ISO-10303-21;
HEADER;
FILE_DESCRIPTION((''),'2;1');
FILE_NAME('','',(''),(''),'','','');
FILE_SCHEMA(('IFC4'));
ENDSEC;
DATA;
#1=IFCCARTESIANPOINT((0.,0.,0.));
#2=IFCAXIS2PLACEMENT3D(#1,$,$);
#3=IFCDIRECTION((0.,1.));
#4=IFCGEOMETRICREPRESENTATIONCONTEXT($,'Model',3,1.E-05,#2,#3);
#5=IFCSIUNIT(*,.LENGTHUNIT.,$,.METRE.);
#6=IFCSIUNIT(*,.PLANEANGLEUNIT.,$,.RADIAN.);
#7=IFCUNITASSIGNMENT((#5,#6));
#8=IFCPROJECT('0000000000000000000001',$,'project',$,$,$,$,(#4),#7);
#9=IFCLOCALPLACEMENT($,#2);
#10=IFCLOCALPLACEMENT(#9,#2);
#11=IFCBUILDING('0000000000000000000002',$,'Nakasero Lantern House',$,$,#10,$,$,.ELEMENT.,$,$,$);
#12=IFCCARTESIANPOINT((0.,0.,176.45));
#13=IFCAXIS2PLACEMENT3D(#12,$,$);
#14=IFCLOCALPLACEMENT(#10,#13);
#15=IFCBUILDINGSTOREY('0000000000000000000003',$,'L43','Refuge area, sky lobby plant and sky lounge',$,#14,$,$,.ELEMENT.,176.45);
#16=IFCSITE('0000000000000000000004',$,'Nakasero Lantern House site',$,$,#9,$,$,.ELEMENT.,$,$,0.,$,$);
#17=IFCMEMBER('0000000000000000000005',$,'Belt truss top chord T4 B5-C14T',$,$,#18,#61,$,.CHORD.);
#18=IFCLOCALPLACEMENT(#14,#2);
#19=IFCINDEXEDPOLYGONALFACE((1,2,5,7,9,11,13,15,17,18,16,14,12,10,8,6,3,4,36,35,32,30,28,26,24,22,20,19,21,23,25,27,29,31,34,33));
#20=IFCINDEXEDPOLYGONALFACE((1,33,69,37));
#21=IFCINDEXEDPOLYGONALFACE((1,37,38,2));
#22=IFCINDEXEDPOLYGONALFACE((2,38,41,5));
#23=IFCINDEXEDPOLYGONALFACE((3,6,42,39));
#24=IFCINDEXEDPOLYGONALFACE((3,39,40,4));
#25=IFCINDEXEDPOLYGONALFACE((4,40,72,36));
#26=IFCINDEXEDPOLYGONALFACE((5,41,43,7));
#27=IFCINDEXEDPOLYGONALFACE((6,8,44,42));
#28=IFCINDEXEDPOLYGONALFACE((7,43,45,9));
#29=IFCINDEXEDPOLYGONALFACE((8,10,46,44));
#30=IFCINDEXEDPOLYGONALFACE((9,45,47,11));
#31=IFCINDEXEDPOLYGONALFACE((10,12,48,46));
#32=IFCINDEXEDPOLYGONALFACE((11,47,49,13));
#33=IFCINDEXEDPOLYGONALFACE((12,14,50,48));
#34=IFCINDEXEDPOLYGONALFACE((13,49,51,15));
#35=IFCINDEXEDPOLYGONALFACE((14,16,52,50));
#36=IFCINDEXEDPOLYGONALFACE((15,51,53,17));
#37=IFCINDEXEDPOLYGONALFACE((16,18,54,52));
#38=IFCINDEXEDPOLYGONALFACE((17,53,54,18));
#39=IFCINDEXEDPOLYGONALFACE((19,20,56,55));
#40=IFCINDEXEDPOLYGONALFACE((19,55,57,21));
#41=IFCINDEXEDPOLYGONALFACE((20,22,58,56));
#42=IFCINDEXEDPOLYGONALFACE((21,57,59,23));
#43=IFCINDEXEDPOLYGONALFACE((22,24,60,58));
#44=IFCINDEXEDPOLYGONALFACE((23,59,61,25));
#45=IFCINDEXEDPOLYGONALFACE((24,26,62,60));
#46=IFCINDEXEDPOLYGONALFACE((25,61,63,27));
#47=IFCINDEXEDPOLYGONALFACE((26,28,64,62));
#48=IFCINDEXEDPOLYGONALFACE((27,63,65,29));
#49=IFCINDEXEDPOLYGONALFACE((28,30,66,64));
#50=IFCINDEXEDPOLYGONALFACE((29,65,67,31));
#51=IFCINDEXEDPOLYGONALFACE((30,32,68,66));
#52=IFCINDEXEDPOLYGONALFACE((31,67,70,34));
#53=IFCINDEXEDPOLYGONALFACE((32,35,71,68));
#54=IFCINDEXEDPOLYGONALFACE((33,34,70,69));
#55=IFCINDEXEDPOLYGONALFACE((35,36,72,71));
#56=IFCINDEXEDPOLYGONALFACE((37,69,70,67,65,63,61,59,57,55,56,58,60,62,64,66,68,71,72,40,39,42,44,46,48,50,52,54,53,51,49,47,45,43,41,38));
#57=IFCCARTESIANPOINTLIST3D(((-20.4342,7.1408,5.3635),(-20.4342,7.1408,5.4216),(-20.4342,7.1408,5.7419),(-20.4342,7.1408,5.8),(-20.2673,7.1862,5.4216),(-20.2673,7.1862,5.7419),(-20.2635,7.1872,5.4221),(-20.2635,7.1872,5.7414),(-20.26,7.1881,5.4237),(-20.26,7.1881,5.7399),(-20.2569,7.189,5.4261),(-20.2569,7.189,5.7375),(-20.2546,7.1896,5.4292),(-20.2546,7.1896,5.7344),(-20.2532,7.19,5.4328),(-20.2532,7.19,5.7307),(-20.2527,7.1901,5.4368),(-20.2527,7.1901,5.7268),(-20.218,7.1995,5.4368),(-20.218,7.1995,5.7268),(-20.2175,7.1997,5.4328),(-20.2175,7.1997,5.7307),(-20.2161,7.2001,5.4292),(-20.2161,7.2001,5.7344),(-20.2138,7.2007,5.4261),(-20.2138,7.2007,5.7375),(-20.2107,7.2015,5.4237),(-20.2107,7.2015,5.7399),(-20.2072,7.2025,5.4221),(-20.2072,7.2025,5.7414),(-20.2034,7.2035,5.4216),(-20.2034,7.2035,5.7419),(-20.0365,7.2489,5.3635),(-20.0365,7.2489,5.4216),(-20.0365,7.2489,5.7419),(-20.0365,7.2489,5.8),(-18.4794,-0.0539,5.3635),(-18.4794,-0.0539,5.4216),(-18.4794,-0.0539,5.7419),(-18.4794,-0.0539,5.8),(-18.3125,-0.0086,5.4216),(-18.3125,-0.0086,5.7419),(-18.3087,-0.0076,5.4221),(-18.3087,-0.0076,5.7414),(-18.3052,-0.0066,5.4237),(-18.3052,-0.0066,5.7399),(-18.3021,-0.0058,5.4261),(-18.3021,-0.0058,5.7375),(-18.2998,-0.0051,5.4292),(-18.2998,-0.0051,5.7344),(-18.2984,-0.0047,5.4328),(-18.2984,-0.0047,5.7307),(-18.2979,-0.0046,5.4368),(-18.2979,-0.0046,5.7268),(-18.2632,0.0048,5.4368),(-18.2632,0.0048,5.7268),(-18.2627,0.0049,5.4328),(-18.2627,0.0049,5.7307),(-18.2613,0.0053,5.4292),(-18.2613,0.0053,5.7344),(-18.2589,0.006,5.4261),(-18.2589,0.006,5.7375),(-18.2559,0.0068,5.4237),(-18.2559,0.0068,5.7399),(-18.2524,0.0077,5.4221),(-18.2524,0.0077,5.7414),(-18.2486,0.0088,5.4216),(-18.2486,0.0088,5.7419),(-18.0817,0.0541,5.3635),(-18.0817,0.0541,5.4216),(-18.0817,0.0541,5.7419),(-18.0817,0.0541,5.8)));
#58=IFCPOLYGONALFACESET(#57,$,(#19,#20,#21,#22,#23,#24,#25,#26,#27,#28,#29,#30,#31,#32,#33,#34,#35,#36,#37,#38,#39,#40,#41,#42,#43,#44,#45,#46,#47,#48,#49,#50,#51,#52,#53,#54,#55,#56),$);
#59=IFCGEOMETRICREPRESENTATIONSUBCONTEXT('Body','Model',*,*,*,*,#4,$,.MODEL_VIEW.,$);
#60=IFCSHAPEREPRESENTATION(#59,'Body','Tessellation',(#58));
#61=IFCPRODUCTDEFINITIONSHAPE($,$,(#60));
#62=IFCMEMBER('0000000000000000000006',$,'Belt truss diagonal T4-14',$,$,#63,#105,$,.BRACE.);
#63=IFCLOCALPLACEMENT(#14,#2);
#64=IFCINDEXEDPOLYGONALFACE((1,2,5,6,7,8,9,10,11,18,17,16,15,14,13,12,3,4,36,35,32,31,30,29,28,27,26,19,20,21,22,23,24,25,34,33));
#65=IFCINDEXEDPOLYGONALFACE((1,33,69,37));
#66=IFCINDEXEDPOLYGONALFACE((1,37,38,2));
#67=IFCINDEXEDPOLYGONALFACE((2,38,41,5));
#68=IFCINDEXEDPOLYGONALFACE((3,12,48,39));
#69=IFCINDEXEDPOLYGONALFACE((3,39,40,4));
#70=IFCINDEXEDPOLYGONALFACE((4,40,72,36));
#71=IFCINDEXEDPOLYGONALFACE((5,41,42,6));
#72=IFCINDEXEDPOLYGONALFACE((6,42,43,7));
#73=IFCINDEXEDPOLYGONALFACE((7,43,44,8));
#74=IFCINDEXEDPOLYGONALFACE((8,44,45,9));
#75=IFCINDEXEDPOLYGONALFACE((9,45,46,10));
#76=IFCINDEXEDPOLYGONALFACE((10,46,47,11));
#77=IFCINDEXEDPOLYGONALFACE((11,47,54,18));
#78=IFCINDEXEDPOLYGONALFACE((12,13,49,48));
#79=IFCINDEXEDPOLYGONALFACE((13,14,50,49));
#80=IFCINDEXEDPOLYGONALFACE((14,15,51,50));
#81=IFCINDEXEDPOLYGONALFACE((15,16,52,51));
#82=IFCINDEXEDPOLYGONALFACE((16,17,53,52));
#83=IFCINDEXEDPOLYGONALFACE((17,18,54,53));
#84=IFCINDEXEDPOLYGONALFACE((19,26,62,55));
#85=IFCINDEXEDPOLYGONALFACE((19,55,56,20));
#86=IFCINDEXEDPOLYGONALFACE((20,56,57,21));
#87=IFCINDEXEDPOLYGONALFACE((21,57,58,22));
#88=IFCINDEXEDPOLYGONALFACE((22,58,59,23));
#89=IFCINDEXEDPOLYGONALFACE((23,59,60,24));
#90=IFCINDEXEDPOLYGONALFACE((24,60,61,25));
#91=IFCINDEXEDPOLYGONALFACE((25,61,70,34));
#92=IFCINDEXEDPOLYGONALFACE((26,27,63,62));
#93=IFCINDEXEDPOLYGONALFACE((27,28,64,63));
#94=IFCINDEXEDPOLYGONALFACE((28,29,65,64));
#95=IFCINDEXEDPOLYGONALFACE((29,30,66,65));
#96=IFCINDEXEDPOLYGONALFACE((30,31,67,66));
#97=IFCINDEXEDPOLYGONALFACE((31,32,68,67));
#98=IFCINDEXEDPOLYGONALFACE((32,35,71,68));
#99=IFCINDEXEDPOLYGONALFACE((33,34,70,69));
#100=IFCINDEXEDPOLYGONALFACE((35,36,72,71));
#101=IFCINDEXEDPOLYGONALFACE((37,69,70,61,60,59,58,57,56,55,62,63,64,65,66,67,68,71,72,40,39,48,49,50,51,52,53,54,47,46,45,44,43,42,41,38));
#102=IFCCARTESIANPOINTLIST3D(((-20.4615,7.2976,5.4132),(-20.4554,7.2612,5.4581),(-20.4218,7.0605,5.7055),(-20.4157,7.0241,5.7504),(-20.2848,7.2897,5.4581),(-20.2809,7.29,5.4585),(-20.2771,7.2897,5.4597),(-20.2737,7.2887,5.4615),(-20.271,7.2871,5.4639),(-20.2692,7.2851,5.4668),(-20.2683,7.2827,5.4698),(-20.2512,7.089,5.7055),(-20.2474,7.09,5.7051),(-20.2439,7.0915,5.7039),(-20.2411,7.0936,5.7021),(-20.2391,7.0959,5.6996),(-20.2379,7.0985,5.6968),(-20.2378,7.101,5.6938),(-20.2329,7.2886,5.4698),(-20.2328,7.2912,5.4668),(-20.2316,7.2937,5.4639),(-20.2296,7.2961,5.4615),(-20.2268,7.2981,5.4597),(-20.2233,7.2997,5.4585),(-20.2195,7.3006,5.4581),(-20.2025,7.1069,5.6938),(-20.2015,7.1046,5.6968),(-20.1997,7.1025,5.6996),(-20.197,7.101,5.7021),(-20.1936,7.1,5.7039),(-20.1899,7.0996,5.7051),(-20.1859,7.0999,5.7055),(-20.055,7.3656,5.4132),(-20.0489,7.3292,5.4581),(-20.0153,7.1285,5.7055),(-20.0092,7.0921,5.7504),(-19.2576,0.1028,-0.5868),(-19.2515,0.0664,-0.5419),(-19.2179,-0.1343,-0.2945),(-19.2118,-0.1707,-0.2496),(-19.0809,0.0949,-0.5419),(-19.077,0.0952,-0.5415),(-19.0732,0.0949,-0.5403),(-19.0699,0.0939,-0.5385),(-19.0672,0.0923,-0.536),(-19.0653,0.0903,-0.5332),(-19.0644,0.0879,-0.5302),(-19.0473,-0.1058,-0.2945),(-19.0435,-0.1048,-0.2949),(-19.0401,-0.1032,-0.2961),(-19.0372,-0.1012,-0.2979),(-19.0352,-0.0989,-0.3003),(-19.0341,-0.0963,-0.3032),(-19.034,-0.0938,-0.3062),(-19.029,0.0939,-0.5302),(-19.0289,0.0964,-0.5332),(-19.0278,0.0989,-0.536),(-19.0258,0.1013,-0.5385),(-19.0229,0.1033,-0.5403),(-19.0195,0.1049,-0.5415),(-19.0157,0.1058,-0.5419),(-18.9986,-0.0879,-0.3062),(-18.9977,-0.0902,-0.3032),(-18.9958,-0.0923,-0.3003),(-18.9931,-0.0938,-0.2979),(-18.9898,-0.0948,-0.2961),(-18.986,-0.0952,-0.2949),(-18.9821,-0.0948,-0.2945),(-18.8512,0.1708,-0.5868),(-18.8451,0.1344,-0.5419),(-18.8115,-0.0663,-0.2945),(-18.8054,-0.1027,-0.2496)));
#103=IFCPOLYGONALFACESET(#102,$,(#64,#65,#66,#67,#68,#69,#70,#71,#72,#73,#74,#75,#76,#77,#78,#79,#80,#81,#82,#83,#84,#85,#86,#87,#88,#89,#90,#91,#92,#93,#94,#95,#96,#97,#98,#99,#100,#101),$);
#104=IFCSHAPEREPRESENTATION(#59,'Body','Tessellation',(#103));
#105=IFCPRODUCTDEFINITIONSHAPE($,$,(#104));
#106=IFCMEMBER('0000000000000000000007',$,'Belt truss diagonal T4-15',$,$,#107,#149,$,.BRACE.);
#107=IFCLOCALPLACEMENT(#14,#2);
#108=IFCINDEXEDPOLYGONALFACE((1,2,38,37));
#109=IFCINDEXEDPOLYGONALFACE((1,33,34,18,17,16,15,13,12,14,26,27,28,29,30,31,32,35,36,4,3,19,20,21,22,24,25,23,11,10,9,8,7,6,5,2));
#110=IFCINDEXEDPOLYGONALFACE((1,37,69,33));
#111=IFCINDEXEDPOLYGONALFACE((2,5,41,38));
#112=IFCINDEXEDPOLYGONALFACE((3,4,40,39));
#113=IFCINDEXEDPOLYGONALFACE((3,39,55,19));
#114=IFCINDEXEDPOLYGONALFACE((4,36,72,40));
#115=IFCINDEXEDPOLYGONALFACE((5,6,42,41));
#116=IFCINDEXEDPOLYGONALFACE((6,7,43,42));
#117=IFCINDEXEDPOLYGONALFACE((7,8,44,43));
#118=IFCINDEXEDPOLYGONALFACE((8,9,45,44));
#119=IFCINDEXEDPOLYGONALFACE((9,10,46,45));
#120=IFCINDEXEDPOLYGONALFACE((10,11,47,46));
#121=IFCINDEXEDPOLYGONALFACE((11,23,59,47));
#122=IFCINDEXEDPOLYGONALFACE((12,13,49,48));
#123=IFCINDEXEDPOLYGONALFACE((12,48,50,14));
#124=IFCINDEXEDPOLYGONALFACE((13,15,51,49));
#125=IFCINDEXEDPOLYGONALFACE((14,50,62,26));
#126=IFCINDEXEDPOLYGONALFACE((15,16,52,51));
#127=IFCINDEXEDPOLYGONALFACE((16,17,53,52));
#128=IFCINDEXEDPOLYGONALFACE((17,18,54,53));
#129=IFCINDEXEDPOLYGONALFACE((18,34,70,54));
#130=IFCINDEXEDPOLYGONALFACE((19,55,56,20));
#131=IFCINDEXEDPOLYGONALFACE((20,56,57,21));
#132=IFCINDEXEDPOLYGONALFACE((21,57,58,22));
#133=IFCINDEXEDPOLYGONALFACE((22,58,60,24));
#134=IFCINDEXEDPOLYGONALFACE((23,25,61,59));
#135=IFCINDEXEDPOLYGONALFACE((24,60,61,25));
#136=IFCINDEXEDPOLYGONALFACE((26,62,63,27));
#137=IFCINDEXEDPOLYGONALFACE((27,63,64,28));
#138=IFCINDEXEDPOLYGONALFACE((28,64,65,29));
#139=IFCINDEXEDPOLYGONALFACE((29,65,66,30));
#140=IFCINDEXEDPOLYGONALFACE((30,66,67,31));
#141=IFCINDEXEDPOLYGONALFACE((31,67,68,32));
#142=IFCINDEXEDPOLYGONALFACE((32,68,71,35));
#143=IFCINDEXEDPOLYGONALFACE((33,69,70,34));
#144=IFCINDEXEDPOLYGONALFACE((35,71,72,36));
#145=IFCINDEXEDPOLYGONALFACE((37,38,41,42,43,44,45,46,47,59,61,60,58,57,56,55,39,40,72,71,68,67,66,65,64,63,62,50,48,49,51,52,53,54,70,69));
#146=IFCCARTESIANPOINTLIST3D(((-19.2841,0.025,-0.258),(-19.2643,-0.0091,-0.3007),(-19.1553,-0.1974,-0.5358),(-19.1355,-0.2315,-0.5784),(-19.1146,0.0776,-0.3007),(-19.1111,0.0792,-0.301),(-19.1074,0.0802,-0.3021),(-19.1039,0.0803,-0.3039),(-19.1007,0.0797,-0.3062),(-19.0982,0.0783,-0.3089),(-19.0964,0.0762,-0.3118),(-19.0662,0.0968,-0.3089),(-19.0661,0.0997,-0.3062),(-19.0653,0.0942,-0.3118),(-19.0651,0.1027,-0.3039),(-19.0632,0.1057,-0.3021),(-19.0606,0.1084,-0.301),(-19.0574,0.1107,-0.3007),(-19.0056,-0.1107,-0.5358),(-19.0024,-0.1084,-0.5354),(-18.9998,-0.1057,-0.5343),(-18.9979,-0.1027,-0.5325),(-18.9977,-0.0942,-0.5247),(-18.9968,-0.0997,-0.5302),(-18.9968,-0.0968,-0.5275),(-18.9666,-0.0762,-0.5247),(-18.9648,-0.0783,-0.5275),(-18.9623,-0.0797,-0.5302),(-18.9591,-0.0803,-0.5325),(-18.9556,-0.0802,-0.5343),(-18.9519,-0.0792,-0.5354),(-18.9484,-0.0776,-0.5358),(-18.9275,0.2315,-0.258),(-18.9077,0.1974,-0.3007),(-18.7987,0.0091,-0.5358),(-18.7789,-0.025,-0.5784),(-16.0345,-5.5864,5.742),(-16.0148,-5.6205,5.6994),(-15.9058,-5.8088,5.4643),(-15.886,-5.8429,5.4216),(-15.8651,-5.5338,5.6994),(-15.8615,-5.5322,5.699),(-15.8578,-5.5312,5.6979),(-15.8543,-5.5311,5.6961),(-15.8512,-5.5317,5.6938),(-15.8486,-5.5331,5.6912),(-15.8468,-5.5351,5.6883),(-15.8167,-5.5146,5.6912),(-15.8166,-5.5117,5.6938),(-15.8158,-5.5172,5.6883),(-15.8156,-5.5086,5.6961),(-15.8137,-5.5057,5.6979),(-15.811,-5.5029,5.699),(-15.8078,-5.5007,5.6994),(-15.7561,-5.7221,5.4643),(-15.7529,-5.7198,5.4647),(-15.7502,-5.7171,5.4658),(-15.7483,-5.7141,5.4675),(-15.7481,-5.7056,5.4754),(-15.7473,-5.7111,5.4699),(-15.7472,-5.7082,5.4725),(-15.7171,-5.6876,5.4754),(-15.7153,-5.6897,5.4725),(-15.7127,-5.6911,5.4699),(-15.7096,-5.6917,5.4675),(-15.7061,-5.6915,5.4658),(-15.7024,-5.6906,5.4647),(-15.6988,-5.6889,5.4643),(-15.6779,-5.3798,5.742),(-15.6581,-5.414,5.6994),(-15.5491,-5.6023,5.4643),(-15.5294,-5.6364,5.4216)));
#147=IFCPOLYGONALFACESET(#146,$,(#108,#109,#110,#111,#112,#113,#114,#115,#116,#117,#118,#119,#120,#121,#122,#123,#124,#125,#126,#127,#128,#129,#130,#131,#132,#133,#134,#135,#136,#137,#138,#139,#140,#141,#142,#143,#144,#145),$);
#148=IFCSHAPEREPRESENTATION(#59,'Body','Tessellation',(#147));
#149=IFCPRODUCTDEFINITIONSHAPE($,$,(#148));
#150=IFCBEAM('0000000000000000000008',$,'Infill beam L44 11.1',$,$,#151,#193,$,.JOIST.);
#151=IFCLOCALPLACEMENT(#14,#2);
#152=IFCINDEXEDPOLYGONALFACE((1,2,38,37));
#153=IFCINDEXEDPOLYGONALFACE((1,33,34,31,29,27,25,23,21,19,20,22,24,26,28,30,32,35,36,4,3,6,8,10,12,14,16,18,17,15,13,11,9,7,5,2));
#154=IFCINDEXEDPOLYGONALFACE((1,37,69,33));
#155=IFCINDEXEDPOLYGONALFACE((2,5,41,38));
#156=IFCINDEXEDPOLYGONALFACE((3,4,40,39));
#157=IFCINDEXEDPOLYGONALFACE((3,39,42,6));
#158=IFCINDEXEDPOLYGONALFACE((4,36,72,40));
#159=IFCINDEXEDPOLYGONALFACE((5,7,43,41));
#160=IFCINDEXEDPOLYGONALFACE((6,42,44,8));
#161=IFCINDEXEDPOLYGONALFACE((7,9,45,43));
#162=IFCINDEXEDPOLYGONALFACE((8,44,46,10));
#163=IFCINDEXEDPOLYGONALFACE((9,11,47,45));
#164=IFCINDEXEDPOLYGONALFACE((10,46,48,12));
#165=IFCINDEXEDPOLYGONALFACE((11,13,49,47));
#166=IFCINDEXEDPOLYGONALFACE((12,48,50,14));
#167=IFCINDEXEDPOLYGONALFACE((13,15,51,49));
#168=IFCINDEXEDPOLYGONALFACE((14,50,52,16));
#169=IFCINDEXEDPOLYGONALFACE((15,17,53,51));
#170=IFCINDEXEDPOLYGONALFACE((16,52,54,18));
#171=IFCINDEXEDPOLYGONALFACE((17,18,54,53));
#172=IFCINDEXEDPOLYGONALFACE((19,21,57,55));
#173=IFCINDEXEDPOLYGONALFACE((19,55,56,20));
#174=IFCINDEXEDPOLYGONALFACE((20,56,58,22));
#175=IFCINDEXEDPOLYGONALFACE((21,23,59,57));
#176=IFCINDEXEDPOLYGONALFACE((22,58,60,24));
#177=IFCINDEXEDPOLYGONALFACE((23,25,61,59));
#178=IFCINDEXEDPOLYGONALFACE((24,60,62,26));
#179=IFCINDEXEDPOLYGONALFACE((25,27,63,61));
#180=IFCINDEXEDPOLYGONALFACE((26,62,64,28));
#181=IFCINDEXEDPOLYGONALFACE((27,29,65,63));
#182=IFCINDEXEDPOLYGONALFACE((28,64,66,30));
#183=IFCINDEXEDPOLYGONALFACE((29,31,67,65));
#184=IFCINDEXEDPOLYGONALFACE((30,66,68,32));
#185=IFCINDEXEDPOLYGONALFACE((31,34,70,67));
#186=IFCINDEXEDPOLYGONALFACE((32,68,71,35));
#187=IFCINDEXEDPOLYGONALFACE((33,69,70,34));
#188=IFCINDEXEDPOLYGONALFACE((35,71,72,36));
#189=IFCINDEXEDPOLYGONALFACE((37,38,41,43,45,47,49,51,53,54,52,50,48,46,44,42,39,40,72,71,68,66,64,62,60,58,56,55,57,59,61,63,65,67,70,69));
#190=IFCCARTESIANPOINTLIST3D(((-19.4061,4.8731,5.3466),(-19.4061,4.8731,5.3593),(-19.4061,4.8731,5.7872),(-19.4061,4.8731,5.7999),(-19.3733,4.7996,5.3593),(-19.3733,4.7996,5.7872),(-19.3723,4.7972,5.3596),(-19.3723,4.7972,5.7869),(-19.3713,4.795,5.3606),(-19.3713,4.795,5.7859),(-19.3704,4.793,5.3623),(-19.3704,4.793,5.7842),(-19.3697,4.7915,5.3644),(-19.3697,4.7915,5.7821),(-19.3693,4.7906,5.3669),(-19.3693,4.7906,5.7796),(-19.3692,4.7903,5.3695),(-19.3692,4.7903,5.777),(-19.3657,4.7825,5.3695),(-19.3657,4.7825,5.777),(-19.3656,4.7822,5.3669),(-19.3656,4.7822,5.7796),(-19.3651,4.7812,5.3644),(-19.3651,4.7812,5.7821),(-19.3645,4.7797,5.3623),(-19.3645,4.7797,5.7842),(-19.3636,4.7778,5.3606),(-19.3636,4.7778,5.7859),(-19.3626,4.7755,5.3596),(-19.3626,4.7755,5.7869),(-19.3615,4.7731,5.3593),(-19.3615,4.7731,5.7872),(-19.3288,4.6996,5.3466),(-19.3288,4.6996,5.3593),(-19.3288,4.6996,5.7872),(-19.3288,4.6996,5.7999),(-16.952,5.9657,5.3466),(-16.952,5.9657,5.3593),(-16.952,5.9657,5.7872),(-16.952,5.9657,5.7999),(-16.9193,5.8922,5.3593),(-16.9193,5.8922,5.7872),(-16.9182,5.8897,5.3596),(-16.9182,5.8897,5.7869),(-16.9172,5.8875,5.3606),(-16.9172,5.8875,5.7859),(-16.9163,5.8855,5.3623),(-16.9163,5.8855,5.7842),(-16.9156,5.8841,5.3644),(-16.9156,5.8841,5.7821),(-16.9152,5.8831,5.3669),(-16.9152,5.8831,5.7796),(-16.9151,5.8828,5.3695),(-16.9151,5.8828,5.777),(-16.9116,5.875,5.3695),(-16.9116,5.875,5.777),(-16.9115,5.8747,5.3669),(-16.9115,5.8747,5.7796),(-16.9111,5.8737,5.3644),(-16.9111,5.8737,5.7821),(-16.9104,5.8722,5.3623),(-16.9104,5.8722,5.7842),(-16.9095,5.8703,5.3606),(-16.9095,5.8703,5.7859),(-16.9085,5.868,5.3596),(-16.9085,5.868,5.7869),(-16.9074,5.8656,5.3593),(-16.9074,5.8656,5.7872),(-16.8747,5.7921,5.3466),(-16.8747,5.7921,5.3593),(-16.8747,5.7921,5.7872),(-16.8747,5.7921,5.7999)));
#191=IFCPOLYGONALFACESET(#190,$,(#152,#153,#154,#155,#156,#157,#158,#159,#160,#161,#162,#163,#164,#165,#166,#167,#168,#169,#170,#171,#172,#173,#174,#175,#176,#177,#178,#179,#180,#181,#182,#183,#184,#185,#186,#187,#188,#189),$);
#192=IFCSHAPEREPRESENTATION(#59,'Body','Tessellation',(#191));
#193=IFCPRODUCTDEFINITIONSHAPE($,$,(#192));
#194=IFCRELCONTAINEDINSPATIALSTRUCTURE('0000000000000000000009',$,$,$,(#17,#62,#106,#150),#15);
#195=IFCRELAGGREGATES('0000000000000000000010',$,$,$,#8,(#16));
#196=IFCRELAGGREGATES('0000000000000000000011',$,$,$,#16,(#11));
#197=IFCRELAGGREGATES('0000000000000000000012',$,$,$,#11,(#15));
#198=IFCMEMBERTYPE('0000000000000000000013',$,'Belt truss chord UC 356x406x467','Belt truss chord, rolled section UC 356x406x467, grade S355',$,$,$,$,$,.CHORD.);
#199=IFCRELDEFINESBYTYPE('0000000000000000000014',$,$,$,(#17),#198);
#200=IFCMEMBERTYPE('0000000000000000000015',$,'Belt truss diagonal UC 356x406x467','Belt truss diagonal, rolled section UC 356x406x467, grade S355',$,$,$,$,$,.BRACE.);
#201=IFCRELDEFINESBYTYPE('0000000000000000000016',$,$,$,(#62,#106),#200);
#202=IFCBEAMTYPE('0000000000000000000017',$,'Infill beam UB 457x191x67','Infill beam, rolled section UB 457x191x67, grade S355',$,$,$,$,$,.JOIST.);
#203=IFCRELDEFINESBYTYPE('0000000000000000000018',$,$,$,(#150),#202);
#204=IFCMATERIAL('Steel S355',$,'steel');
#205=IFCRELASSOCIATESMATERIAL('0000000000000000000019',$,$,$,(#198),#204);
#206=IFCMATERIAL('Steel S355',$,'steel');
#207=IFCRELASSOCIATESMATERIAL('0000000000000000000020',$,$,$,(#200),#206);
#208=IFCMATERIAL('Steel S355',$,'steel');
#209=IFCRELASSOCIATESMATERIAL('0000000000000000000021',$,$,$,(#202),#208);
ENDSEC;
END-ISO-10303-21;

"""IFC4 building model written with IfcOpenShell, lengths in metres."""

from ifc_helpers import new_model, si_unit, direction, frame, origin, origin_2d, place, context, subcontext, project, spatial, i_section, extrude, material, material_profile, profile_set, type_object, element, save


model = new_model("IFC4")

# Units and contexts
model_context = context("Model", 3, precision=1e-05, world=origin(), true_north=direction((0.0, 1.0)))
body_context = subcontext(model_context, "Body", "Model", "MODEL_VIEW")
ifc_project = project(units=[si_unit("LENGTHUNIT", "METRE"), si_unit("PLANEANGLEUNIT", "RADIAN")], contexts=[model_context])

# Site, building, storey
site_placement = place(None, origin())
site = spatial("IfcSite", under=ifc_project, at=site_placement, Name="Nakasero Lantern House site", CompositionType="ELEMENT", RefElevation=0.0)
building_placement = place(site_placement, origin())
building = spatial("IfcBuilding", under=site, at=building_placement, Name="Nakasero Lantern House", CompositionType="ELEMENT")
storey_placement = place(building_placement, frame((0.0, 0.0, 176.45)))
storey = spatial("IfcBuildingStorey", under=building, at=storey_placement, Name="L43", Description="Refuge area, sky lobby plant and sky lounge", CompositionType="ELEMENT", Elevation=176.45)

# Members
ifc_material_1 = material(Name="Steel S355", Category="steel")
ifc_material_profile_1 = material_profile(ifc_material_1, i_section(OverallWidth=0.4121, OverallDepth=0.4365, WebThickness=0.0359, FlangeThickness=0.0581, FilletRadius=0.0151, at=origin_2d()), Name="UC 356x406x467")
ifc_profile_set_1 = profile_set([ifc_material_profile_1], Name="Steel S355")
member_type_1 = type_object("IfcMemberType", Name="Belt truss chord UC 356x406x467", Description="Belt truss chord, rolled section UC 356x406x467, grade S355", PredefinedType="CHORD", material=ifc_profile_set_1)
member_1_placement = place(storey_placement, frame((-20.2354, 7.1948, 5.5818), z_axis=(0.262195, -0.965015, 0.0), x_axis=(0.965015, 0.262195, 0.0)))
element("IfcMember", 1, at=member_1_placement, inside=storey, type_object=member_type_1, Name="Belt truss top chord T4 B5-C14T", PredefinedType="CHORD", context=body_context, shape_type="SweptSolid", body=[
    extrude(i_section(OverallWidth=0.4121, OverallDepth=0.4365, WebThickness=0.0359, FlangeThickness=0.0581, FilletRadius=0.0151, at=origin_2d()), origin(), (0.0, 0.0, 1.0), 7.4556),
])
ifc_material_2 = material(Name="Steel S355", Category="steel")
ifc_material_profile_2 = material_profile(ifc_material_2, i_section(OverallWidth=0.4121, OverallDepth=0.4365, WebThickness=0.0359, FlangeThickness=0.0581, FilletRadius=0.0151, at=origin_2d()), Name="UC 356x406x467")
ifc_profile_set_2 = profile_set([ifc_material_profile_2], Name="Steel S355")
member_type_2 = type_object("IfcMemberType", Name="Belt truss diagonal UC 356x406x467", Description="Belt truss diagonal, rolled section UC 356x406x467, grade S355", PredefinedType="BRACE", material=ifc_profile_set_2)
member_2_placement = place(storey_placement, frame((-20.2354, 7.1948, 5.5818), z_axis=(0.127455, -0.761731, -0.635233), x_axis=(0.986289, 0.165029, 0.0)))
element("IfcMember", 2, at=member_2_placement, inside=storey, type_object=member_type_2, Name="Belt truss diagonal T4-14", PredefinedType="BRACE", context=body_context, shape_type="SweptSolid", body=[
    extrude(i_section(OverallWidth=0.4121, OverallDepth=0.4365, WebThickness=0.0359, FlangeThickness=0.0581, FilletRadius=0.0151, at=origin_2d()), origin(), (0.0, 0.0, 1.0), 9.4453),
])
member_3_placement = place(storey_placement, frame((-19.0315, 0.0, -0.4182), z_axis=(0.367826, -0.635169, 0.679165), x_axis=(0.86537, 0.501134, 0.0)))
element("IfcMember", 3, at=member_3_placement, inside=storey, type_object=member_type_2, Name="Belt truss diagonal T4-15", PredefinedType="BRACE", context=body_context, shape_type="SweptSolid", body=[
    extrude(i_section(OverallWidth=0.4121, OverallDepth=0.4365, WebThickness=0.0359, FlangeThickness=0.0581, FilletRadius=0.0151, at=origin_2d()), origin(), (0.0, 0.0, 1.0), 8.8345),
])

# Beam
ifc_material_3 = material(Name="Steel S355", Category="steel")
ifc_material_profile_3 = material_profile(ifc_material_3, i_section(OverallWidth=0.1899, OverallDepth=0.4534, WebThickness=0.0085, FlangeThickness=0.0127, FilletRadius=0.0103, at=origin_2d()), Name="UB 457x191x67")
ifc_profile_set_3 = profile_set([ifc_material_profile_3], Name="Steel S355")
beam_type_1 = type_object("IfcBeamType", Name="Infill beam UB 457x191x67", Description="Infill beam, rolled section UB 457x191x67, grade S355", PredefinedType="JOIST", material=ifc_profile_set_3)
beam_1_placement = place(storey_placement, frame((-19.3674, 4.7864, 5.5732), z_axis=(0.91356, 0.406703, 0.0), x_axis=(-0.406703, 0.91356, 0.0)))
element("IfcBeam", 4, at=beam_1_placement, inside=storey, type_object=beam_type_1, Name="Infill beam L44 11.1", PredefinedType="JOIST", context=body_context, shape_type="SweptSolid", body=[
    extrude(i_section(OverallWidth=0.1899, OverallDepth=0.4534, WebThickness=0.0085, FlangeThickness=0.0127, FilletRadius=0.0103, at=origin_2d()), origin(), (0.0, 0.0, 1.0), 2.6863),
])

save(model, "model.ifc")
